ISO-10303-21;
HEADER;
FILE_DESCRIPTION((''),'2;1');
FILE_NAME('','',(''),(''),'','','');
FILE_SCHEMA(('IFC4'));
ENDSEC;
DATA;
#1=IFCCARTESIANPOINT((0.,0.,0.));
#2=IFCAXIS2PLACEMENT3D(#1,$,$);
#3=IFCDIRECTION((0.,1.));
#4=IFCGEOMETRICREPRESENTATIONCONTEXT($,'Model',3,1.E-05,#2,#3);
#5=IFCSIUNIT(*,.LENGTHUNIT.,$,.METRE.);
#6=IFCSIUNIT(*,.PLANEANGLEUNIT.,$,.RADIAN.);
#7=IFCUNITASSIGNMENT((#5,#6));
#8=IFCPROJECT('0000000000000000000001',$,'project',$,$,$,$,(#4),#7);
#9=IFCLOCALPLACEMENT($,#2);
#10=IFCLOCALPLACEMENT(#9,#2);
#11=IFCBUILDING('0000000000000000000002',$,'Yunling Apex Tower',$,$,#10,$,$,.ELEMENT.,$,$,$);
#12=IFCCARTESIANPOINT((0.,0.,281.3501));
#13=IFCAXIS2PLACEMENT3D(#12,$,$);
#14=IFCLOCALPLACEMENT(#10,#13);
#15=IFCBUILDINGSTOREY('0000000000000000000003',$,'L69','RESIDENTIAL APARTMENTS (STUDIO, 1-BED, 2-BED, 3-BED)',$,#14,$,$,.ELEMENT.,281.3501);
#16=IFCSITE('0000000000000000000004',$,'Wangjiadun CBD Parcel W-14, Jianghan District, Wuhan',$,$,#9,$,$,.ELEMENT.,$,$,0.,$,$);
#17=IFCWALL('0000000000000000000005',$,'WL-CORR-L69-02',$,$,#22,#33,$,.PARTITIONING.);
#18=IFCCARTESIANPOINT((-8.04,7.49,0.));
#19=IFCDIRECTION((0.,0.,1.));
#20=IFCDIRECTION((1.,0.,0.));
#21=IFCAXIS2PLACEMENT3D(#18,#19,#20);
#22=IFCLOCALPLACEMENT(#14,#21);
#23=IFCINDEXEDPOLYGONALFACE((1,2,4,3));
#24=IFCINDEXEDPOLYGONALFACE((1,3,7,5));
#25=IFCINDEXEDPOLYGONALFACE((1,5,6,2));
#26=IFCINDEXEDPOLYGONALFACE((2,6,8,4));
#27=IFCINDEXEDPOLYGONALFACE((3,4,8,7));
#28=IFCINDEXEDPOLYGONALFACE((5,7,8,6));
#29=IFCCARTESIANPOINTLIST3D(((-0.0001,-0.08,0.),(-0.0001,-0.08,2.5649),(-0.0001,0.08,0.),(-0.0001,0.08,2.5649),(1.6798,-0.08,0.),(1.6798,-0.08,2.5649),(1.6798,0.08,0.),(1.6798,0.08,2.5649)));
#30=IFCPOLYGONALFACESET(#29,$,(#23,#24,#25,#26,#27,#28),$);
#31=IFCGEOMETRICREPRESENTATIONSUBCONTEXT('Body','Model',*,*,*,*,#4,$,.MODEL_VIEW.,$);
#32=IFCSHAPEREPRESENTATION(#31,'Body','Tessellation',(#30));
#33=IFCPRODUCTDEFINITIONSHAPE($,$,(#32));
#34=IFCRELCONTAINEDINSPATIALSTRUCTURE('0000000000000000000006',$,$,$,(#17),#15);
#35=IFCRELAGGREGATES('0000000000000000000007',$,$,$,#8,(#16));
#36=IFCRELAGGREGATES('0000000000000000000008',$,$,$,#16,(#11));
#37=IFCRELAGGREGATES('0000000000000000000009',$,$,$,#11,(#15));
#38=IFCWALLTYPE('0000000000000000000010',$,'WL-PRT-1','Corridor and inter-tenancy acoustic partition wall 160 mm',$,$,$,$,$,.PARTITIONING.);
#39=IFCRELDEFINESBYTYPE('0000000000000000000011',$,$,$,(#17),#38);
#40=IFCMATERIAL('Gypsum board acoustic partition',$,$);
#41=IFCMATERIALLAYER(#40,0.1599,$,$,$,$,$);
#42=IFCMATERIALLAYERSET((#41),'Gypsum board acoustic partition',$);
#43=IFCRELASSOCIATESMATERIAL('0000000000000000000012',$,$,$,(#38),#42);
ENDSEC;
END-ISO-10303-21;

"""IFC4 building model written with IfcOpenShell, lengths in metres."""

from ifc_helpers import new_model, si_unit, direction, frame, frame_2d, origin, place, context, subcontext, project, spatial, rectangle, extrude, material, layer, layer_set, type_object, element, save


model = new_model("IFC4")

# Units and contexts
model_context = context("Model", 3, precision=1e-05, world=origin(), true_north=direction((0.0, 1.0)))
body_context = subcontext(model_context, "Body", "Model", "MODEL_VIEW")
ifc_project = project(units=[si_unit("LENGTHUNIT", "METRE"), si_unit("PLANEANGLEUNIT", "RADIAN")], contexts=[model_context])

# Site, building, storey
site_placement = place(None, origin())
site = spatial("IfcSite", under=ifc_project, at=site_placement, Name="Wangjiadun CBD Parcel W-14, Jianghan District, Wuhan", CompositionType="ELEMENT", RefElevation=0.0)
building_placement = place(site_placement, origin())
building = spatial("IfcBuilding", under=site, at=building_placement, Name="Yunling Apex Tower", CompositionType="ELEMENT")
storey_placement = place(building_placement, frame((0.0, 0.0, 281.3501)))
storey = spatial("IfcBuildingStorey", under=building, at=storey_placement, Name="L69", Description="RESIDENTIAL APARTMENTS (STUDIO, 1-BED, 2-BED, 3-BED)", CompositionType="ELEMENT", Elevation=281.3501)

# Wall
ifc_material_1 = material(Name="Gypsum board acoustic partition")
ifc_layer_1 = layer(ifc_material_1, 0.1599)
ifc_layer_set_1 = layer_set([ifc_layer_1], Name="Gypsum board acoustic partition")
wall_type_1 = type_object("IfcWallType", Name="WL-PRT-1", Description="Corridor and inter-tenancy acoustic partition wall 160 mm", PredefinedType="PARTITIONING", material=ifc_layer_set_1)
wall_1_placement = place(storey_placement, frame((-8.04, 7.49, 0.0), z_axis=(0.0, 0.0, 1.0), x_axis=(1.0, 0.0, 0.0)))
element("IfcWall", 1, at=wall_1_placement, inside=storey, type_object=wall_type_1, Name="WL-CORR-L69-02", PredefinedType="PARTITIONING", context=body_context, shape_type="SweptSolid", body=[
    extrude(rectangle(XDim=1.6799, YDim=0.1599, at=frame_2d((0.8398, 0.0))), origin(), (0.0, 0.0, 1.0), 2.5649),
])

save(model, "model.ifc")
